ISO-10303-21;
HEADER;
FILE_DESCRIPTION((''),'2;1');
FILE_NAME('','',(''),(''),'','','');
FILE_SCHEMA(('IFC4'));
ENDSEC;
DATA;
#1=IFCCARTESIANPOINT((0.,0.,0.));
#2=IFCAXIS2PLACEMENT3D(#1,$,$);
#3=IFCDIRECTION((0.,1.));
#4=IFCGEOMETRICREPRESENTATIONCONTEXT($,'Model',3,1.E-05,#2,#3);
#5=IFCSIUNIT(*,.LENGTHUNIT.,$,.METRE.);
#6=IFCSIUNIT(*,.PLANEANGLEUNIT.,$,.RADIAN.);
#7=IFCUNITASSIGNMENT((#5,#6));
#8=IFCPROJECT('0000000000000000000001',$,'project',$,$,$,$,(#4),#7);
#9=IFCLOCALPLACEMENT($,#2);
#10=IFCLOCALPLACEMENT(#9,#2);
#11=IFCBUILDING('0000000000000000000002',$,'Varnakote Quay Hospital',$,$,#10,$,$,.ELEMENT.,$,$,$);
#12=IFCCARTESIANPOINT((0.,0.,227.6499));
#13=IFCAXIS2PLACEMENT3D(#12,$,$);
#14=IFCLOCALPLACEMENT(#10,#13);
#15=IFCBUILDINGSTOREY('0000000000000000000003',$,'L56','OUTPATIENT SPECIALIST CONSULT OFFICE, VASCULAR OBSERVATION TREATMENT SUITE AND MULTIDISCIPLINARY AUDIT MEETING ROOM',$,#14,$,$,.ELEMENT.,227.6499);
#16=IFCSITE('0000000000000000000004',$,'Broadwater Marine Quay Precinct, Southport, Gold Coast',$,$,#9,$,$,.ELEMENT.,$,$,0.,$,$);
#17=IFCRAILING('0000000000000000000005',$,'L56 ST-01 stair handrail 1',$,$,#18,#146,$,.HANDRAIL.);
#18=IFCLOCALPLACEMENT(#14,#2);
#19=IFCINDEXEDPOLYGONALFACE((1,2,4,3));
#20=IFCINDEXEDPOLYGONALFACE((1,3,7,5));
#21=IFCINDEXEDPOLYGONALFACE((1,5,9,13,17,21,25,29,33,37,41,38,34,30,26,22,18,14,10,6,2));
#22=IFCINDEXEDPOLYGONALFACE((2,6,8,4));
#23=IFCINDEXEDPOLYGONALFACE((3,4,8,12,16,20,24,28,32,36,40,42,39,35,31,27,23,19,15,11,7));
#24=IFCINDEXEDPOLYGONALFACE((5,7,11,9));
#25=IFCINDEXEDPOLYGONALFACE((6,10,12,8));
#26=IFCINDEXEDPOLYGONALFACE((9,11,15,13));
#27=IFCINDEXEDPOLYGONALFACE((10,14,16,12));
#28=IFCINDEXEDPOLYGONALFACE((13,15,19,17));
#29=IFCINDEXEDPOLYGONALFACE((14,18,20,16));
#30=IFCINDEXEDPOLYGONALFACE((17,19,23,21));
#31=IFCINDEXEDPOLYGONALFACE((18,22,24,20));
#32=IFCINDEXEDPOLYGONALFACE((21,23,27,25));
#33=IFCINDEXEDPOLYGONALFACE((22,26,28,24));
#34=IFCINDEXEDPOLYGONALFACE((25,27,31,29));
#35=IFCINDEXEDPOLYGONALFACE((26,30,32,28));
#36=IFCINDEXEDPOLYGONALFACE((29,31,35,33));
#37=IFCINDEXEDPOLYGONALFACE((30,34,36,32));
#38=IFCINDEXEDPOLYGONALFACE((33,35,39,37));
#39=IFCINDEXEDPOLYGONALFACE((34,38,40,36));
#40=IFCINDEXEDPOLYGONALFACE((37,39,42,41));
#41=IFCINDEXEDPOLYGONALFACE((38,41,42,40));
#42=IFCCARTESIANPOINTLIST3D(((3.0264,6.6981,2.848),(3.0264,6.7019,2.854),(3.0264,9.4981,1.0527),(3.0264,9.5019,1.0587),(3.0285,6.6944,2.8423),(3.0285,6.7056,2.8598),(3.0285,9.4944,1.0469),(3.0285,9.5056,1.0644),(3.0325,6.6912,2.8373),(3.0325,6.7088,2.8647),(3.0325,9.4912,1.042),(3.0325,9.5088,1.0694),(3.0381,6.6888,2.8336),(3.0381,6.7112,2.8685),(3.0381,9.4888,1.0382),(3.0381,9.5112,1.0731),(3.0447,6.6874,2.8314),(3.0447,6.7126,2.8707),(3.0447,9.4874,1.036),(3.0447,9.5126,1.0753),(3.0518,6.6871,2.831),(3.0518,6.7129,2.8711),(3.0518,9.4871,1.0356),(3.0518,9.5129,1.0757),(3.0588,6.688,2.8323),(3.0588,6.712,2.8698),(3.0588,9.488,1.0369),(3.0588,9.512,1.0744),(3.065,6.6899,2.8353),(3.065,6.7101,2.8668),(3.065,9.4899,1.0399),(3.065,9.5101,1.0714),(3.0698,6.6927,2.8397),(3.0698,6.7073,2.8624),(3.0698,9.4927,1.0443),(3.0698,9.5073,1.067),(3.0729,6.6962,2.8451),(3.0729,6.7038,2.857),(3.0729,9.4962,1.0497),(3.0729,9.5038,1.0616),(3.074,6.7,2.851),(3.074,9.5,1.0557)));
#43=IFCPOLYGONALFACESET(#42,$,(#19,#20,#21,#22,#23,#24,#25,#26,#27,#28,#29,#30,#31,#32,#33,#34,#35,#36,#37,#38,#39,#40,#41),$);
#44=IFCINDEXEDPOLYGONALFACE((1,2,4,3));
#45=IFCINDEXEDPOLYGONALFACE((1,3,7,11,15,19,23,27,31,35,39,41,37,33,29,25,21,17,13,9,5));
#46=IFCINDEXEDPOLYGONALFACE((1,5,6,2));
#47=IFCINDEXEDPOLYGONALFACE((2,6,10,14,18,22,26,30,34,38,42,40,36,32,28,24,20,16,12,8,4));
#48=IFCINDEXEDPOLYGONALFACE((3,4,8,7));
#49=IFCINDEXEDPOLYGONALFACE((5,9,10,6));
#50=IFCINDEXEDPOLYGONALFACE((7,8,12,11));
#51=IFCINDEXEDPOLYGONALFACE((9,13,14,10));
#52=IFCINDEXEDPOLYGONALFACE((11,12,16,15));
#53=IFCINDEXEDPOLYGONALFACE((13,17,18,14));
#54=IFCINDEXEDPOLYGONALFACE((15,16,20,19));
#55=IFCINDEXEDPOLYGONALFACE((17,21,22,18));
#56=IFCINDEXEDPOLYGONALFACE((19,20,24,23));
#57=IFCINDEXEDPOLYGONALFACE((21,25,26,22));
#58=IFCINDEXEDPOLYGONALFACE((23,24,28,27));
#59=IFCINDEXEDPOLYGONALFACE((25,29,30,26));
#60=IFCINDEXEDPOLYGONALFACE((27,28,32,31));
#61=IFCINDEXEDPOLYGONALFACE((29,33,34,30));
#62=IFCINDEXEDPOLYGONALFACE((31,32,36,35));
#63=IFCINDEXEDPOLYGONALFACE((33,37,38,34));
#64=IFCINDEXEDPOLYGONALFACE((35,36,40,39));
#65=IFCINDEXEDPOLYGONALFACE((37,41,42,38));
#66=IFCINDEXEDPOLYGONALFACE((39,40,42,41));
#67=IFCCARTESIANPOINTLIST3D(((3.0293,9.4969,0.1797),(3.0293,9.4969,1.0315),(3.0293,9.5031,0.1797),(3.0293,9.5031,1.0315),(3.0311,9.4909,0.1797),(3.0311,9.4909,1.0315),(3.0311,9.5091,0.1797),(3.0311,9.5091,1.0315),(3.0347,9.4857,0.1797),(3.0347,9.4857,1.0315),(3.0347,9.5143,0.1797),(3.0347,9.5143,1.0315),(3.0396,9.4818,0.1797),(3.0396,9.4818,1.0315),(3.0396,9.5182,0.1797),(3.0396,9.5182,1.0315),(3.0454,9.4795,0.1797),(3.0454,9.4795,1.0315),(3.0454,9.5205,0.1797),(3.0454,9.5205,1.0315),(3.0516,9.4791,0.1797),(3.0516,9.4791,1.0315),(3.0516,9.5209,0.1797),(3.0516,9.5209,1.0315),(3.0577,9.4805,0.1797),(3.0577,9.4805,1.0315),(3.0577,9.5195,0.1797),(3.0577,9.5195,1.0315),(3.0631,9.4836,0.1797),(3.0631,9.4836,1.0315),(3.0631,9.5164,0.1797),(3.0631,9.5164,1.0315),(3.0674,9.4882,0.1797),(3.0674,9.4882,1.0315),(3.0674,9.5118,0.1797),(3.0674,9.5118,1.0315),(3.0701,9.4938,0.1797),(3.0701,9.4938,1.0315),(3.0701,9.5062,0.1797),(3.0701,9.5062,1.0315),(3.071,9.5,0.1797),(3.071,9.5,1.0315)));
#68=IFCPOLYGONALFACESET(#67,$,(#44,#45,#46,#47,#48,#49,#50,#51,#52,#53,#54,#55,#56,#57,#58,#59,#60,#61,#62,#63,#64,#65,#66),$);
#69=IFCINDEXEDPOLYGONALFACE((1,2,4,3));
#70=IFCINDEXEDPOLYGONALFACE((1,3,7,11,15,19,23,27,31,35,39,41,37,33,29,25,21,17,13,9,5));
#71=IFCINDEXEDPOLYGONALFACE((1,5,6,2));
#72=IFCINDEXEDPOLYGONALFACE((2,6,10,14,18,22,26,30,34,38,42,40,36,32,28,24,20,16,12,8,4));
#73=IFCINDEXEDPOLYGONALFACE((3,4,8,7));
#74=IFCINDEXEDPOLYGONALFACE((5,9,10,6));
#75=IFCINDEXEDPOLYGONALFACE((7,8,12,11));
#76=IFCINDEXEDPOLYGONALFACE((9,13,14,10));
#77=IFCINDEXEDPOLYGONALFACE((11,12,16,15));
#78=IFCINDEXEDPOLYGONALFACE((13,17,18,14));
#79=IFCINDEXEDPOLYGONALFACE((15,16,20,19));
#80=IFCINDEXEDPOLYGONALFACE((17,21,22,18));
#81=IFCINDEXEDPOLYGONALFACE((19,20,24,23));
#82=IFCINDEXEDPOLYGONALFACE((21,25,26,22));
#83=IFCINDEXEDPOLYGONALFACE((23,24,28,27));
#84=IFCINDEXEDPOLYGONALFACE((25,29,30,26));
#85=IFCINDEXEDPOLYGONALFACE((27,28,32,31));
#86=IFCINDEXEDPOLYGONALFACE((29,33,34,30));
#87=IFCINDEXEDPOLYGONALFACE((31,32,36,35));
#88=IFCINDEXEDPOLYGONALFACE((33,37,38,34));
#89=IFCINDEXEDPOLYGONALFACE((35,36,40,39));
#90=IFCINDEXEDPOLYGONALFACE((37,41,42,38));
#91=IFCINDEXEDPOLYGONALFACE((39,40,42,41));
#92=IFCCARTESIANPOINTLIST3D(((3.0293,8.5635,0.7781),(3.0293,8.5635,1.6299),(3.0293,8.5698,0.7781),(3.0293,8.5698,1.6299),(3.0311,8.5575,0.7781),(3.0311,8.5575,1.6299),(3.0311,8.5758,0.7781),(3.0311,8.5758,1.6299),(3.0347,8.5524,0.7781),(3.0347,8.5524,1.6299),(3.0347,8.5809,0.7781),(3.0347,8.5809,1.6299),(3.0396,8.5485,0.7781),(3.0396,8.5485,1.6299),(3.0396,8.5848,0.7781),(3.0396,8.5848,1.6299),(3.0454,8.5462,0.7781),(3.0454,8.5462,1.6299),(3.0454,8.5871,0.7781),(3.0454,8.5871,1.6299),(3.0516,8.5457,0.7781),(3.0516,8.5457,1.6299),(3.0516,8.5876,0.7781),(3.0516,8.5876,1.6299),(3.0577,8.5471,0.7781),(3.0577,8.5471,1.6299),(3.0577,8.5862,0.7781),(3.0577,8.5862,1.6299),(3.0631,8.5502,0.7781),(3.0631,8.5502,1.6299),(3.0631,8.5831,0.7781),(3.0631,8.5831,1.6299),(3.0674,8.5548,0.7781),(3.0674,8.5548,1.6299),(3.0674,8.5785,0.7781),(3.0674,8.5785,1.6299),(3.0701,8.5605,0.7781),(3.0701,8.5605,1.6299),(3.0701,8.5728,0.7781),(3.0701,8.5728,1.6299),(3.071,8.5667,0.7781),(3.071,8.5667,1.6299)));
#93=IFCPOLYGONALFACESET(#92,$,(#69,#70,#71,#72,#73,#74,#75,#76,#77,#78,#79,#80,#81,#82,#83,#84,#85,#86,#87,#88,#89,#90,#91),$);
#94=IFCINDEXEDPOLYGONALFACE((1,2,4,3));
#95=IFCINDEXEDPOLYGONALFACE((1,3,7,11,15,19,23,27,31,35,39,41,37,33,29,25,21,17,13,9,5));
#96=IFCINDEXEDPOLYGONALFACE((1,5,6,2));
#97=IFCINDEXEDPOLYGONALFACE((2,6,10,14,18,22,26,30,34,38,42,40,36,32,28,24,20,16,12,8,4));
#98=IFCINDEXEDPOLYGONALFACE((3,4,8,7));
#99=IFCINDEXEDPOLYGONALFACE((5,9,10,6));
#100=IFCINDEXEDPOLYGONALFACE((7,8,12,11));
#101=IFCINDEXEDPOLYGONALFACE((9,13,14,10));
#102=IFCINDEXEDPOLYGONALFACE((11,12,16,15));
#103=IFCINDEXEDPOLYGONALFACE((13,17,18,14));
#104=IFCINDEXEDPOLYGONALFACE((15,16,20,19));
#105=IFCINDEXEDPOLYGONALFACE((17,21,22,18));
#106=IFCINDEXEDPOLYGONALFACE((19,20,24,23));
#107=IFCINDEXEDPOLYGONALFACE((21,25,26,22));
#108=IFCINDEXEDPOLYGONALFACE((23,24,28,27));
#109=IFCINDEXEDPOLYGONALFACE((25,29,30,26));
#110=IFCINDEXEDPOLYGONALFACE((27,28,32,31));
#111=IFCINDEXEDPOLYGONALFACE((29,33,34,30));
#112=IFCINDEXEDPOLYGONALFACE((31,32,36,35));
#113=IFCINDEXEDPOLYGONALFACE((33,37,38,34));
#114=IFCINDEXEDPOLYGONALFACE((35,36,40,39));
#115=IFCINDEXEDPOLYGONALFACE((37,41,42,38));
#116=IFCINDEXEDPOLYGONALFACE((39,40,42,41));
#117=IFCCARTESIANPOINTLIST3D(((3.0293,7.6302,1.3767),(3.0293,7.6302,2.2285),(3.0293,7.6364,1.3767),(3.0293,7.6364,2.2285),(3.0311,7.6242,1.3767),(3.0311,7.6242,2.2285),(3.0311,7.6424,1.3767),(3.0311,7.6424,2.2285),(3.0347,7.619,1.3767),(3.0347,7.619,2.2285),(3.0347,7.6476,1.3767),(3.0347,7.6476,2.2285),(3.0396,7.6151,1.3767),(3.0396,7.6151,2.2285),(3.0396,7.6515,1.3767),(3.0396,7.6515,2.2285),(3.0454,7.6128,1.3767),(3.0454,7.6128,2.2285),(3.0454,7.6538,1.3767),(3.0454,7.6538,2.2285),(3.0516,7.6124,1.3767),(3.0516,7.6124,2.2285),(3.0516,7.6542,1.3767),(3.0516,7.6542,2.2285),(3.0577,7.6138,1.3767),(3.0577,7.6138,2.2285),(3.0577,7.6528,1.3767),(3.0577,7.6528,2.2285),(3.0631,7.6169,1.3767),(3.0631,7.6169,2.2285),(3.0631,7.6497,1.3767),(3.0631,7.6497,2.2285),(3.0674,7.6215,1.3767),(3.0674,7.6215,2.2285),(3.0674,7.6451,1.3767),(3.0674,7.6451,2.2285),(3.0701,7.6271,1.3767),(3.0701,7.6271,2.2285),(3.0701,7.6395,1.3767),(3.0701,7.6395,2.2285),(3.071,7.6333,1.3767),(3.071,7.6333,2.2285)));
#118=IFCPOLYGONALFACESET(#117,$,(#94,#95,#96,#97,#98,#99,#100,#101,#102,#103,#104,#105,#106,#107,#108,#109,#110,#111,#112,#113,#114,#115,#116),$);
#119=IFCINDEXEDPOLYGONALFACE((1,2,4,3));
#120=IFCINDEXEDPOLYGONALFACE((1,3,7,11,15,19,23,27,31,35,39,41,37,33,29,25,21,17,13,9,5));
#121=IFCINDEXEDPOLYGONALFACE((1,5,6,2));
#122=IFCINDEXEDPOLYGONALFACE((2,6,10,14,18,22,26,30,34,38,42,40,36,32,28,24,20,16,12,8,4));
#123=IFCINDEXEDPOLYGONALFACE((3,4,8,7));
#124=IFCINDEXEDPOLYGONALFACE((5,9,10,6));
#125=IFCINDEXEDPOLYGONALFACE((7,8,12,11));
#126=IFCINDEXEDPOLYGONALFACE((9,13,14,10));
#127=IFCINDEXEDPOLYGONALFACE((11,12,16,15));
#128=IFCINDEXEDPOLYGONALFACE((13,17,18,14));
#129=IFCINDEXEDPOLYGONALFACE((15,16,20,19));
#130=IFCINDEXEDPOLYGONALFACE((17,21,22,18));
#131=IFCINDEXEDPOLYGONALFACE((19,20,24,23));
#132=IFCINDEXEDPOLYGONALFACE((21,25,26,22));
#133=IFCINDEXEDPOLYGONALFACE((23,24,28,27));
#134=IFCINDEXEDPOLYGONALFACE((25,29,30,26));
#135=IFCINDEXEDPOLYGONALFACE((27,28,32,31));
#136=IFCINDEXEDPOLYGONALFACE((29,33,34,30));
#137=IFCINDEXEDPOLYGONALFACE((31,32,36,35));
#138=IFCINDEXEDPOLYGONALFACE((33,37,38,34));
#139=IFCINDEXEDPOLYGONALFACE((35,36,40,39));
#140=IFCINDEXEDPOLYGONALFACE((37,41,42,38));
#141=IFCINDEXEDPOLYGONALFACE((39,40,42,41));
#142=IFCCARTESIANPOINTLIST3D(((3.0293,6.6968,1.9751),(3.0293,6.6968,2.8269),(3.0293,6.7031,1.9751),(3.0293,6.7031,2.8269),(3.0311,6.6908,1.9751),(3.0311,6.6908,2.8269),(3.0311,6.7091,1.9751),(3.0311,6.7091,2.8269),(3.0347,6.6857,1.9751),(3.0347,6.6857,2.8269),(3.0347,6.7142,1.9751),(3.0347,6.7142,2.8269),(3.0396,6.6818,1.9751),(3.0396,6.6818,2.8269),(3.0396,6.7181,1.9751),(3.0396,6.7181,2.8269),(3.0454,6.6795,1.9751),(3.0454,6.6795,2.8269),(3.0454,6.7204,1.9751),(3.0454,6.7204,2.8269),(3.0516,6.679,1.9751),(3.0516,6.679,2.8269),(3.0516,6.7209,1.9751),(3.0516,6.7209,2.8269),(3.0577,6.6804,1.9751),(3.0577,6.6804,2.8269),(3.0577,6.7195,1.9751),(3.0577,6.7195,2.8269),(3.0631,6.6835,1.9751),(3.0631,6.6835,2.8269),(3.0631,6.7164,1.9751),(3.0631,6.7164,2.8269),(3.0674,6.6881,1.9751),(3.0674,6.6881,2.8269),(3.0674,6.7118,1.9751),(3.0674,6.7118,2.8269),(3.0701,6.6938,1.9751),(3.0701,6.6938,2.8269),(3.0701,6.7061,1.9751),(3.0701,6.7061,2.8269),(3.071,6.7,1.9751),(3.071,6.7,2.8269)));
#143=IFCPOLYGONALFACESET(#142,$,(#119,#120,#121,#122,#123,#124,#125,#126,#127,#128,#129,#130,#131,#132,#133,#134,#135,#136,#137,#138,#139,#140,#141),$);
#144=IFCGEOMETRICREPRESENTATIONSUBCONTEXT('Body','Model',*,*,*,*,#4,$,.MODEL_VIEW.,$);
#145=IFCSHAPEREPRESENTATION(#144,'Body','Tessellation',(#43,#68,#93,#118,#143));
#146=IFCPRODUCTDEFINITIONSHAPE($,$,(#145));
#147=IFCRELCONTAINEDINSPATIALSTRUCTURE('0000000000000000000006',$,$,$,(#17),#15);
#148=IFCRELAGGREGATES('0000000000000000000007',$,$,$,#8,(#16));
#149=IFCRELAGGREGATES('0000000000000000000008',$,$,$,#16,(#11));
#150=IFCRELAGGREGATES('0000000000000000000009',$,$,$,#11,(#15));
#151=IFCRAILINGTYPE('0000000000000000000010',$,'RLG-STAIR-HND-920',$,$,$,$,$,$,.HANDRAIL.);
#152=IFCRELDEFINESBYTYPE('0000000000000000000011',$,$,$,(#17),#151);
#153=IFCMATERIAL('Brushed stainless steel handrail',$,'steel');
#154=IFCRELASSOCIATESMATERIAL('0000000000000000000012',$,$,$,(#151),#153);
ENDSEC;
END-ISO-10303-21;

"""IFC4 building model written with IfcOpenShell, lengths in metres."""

from ifc_helpers import new_model, si_unit, direction, frame, origin, origin_2d, place, context, subcontext, project, spatial, circle, extrude, material, type_object, element, save


model = new_model("IFC4")

# Units and contexts
model_context = context("Model", 3, precision=1e-05, world=origin(), true_north=direction((0.0, 1.0)))
body_context = subcontext(model_context, "Body", "Model", "MODEL_VIEW")
ifc_project = project(units=[si_unit("LENGTHUNIT", "METRE"), si_unit("PLANEANGLEUNIT", "RADIAN")], contexts=[model_context])

# Site, building, storey
site_placement = place(None, origin())
site = spatial("IfcSite", under=ifc_project, at=site_placement, Name="Broadwater Marine Quay Precinct, Southport, Gold Coast", CompositionType="ELEMENT", RefElevation=0.0)
building_placement = place(site_placement, origin())
building = spatial("IfcBuilding", under=site, at=building_placement, Name="Varnakote Quay Hospital", CompositionType="ELEMENT")
storey_placement = place(building_placement, frame((0.0, 0.0, 227.6499)))
storey = spatial("IfcBuildingStorey", under=building, at=storey_placement, Name="L56", Description="OUTPATIENT SPECIALIST CONSULT OFFICE, VASCULAR OBSERVATION TREATMENT SUITE AND MULTIDISCIPLINARY AUDIT MEETING ROOM", CompositionType="ELEMENT", Elevation=227.6499)

# Railing
ifc_material_1 = material(Name="Brushed stainless steel handrail", Category="steel")
railing_type_1 = type_object("IfcRailingType", Name="RLG-STAIR-HND-920", PredefinedType="HANDRAIL", material=ifc_material_1)
railing_1_placement = place(storey_placement, frame((3.05, 9.5, 0.1797)))
element("IfcRailing", 1, at=railing_1_placement, inside=storey, type_object=railing_type_1, Name="L56 ST-01 stair handrail 1", PredefinedType="HANDRAIL", context=body_context, shape_type="SweptSolid", body=[
    extrude(circle(Radius=0.0239, at=origin_2d()), frame((0.0, 0.0, 0.876), z_axis=(0.0, -0.84181, 0.539774), x_axis=(1.0, 0.0, 0.0)), (0.0, 0.0, 1.0), 3.3262),
    extrude(circle(Radius=0.021, at=origin_2d()), origin(), (0.0, 0.0, 1.0), 0.8518),
    extrude(circle(Radius=0.021, at=origin_2d()), frame((0.0, -0.9333, 0.5984)), (0.0, 0.0, 1.0), 0.8518),
    extrude(circle(Radius=0.021, at=origin_2d()), frame((0.0, -1.8667, 1.197)), (0.0, 0.0, 1.0), 0.8518),
    extrude(circle(Radius=0.021, at=origin_2d()), frame((0.0, -2.8, 1.7954)), (0.0, 0.0, 1.0), 0.8518),
])

save(model, "model.ifc")
